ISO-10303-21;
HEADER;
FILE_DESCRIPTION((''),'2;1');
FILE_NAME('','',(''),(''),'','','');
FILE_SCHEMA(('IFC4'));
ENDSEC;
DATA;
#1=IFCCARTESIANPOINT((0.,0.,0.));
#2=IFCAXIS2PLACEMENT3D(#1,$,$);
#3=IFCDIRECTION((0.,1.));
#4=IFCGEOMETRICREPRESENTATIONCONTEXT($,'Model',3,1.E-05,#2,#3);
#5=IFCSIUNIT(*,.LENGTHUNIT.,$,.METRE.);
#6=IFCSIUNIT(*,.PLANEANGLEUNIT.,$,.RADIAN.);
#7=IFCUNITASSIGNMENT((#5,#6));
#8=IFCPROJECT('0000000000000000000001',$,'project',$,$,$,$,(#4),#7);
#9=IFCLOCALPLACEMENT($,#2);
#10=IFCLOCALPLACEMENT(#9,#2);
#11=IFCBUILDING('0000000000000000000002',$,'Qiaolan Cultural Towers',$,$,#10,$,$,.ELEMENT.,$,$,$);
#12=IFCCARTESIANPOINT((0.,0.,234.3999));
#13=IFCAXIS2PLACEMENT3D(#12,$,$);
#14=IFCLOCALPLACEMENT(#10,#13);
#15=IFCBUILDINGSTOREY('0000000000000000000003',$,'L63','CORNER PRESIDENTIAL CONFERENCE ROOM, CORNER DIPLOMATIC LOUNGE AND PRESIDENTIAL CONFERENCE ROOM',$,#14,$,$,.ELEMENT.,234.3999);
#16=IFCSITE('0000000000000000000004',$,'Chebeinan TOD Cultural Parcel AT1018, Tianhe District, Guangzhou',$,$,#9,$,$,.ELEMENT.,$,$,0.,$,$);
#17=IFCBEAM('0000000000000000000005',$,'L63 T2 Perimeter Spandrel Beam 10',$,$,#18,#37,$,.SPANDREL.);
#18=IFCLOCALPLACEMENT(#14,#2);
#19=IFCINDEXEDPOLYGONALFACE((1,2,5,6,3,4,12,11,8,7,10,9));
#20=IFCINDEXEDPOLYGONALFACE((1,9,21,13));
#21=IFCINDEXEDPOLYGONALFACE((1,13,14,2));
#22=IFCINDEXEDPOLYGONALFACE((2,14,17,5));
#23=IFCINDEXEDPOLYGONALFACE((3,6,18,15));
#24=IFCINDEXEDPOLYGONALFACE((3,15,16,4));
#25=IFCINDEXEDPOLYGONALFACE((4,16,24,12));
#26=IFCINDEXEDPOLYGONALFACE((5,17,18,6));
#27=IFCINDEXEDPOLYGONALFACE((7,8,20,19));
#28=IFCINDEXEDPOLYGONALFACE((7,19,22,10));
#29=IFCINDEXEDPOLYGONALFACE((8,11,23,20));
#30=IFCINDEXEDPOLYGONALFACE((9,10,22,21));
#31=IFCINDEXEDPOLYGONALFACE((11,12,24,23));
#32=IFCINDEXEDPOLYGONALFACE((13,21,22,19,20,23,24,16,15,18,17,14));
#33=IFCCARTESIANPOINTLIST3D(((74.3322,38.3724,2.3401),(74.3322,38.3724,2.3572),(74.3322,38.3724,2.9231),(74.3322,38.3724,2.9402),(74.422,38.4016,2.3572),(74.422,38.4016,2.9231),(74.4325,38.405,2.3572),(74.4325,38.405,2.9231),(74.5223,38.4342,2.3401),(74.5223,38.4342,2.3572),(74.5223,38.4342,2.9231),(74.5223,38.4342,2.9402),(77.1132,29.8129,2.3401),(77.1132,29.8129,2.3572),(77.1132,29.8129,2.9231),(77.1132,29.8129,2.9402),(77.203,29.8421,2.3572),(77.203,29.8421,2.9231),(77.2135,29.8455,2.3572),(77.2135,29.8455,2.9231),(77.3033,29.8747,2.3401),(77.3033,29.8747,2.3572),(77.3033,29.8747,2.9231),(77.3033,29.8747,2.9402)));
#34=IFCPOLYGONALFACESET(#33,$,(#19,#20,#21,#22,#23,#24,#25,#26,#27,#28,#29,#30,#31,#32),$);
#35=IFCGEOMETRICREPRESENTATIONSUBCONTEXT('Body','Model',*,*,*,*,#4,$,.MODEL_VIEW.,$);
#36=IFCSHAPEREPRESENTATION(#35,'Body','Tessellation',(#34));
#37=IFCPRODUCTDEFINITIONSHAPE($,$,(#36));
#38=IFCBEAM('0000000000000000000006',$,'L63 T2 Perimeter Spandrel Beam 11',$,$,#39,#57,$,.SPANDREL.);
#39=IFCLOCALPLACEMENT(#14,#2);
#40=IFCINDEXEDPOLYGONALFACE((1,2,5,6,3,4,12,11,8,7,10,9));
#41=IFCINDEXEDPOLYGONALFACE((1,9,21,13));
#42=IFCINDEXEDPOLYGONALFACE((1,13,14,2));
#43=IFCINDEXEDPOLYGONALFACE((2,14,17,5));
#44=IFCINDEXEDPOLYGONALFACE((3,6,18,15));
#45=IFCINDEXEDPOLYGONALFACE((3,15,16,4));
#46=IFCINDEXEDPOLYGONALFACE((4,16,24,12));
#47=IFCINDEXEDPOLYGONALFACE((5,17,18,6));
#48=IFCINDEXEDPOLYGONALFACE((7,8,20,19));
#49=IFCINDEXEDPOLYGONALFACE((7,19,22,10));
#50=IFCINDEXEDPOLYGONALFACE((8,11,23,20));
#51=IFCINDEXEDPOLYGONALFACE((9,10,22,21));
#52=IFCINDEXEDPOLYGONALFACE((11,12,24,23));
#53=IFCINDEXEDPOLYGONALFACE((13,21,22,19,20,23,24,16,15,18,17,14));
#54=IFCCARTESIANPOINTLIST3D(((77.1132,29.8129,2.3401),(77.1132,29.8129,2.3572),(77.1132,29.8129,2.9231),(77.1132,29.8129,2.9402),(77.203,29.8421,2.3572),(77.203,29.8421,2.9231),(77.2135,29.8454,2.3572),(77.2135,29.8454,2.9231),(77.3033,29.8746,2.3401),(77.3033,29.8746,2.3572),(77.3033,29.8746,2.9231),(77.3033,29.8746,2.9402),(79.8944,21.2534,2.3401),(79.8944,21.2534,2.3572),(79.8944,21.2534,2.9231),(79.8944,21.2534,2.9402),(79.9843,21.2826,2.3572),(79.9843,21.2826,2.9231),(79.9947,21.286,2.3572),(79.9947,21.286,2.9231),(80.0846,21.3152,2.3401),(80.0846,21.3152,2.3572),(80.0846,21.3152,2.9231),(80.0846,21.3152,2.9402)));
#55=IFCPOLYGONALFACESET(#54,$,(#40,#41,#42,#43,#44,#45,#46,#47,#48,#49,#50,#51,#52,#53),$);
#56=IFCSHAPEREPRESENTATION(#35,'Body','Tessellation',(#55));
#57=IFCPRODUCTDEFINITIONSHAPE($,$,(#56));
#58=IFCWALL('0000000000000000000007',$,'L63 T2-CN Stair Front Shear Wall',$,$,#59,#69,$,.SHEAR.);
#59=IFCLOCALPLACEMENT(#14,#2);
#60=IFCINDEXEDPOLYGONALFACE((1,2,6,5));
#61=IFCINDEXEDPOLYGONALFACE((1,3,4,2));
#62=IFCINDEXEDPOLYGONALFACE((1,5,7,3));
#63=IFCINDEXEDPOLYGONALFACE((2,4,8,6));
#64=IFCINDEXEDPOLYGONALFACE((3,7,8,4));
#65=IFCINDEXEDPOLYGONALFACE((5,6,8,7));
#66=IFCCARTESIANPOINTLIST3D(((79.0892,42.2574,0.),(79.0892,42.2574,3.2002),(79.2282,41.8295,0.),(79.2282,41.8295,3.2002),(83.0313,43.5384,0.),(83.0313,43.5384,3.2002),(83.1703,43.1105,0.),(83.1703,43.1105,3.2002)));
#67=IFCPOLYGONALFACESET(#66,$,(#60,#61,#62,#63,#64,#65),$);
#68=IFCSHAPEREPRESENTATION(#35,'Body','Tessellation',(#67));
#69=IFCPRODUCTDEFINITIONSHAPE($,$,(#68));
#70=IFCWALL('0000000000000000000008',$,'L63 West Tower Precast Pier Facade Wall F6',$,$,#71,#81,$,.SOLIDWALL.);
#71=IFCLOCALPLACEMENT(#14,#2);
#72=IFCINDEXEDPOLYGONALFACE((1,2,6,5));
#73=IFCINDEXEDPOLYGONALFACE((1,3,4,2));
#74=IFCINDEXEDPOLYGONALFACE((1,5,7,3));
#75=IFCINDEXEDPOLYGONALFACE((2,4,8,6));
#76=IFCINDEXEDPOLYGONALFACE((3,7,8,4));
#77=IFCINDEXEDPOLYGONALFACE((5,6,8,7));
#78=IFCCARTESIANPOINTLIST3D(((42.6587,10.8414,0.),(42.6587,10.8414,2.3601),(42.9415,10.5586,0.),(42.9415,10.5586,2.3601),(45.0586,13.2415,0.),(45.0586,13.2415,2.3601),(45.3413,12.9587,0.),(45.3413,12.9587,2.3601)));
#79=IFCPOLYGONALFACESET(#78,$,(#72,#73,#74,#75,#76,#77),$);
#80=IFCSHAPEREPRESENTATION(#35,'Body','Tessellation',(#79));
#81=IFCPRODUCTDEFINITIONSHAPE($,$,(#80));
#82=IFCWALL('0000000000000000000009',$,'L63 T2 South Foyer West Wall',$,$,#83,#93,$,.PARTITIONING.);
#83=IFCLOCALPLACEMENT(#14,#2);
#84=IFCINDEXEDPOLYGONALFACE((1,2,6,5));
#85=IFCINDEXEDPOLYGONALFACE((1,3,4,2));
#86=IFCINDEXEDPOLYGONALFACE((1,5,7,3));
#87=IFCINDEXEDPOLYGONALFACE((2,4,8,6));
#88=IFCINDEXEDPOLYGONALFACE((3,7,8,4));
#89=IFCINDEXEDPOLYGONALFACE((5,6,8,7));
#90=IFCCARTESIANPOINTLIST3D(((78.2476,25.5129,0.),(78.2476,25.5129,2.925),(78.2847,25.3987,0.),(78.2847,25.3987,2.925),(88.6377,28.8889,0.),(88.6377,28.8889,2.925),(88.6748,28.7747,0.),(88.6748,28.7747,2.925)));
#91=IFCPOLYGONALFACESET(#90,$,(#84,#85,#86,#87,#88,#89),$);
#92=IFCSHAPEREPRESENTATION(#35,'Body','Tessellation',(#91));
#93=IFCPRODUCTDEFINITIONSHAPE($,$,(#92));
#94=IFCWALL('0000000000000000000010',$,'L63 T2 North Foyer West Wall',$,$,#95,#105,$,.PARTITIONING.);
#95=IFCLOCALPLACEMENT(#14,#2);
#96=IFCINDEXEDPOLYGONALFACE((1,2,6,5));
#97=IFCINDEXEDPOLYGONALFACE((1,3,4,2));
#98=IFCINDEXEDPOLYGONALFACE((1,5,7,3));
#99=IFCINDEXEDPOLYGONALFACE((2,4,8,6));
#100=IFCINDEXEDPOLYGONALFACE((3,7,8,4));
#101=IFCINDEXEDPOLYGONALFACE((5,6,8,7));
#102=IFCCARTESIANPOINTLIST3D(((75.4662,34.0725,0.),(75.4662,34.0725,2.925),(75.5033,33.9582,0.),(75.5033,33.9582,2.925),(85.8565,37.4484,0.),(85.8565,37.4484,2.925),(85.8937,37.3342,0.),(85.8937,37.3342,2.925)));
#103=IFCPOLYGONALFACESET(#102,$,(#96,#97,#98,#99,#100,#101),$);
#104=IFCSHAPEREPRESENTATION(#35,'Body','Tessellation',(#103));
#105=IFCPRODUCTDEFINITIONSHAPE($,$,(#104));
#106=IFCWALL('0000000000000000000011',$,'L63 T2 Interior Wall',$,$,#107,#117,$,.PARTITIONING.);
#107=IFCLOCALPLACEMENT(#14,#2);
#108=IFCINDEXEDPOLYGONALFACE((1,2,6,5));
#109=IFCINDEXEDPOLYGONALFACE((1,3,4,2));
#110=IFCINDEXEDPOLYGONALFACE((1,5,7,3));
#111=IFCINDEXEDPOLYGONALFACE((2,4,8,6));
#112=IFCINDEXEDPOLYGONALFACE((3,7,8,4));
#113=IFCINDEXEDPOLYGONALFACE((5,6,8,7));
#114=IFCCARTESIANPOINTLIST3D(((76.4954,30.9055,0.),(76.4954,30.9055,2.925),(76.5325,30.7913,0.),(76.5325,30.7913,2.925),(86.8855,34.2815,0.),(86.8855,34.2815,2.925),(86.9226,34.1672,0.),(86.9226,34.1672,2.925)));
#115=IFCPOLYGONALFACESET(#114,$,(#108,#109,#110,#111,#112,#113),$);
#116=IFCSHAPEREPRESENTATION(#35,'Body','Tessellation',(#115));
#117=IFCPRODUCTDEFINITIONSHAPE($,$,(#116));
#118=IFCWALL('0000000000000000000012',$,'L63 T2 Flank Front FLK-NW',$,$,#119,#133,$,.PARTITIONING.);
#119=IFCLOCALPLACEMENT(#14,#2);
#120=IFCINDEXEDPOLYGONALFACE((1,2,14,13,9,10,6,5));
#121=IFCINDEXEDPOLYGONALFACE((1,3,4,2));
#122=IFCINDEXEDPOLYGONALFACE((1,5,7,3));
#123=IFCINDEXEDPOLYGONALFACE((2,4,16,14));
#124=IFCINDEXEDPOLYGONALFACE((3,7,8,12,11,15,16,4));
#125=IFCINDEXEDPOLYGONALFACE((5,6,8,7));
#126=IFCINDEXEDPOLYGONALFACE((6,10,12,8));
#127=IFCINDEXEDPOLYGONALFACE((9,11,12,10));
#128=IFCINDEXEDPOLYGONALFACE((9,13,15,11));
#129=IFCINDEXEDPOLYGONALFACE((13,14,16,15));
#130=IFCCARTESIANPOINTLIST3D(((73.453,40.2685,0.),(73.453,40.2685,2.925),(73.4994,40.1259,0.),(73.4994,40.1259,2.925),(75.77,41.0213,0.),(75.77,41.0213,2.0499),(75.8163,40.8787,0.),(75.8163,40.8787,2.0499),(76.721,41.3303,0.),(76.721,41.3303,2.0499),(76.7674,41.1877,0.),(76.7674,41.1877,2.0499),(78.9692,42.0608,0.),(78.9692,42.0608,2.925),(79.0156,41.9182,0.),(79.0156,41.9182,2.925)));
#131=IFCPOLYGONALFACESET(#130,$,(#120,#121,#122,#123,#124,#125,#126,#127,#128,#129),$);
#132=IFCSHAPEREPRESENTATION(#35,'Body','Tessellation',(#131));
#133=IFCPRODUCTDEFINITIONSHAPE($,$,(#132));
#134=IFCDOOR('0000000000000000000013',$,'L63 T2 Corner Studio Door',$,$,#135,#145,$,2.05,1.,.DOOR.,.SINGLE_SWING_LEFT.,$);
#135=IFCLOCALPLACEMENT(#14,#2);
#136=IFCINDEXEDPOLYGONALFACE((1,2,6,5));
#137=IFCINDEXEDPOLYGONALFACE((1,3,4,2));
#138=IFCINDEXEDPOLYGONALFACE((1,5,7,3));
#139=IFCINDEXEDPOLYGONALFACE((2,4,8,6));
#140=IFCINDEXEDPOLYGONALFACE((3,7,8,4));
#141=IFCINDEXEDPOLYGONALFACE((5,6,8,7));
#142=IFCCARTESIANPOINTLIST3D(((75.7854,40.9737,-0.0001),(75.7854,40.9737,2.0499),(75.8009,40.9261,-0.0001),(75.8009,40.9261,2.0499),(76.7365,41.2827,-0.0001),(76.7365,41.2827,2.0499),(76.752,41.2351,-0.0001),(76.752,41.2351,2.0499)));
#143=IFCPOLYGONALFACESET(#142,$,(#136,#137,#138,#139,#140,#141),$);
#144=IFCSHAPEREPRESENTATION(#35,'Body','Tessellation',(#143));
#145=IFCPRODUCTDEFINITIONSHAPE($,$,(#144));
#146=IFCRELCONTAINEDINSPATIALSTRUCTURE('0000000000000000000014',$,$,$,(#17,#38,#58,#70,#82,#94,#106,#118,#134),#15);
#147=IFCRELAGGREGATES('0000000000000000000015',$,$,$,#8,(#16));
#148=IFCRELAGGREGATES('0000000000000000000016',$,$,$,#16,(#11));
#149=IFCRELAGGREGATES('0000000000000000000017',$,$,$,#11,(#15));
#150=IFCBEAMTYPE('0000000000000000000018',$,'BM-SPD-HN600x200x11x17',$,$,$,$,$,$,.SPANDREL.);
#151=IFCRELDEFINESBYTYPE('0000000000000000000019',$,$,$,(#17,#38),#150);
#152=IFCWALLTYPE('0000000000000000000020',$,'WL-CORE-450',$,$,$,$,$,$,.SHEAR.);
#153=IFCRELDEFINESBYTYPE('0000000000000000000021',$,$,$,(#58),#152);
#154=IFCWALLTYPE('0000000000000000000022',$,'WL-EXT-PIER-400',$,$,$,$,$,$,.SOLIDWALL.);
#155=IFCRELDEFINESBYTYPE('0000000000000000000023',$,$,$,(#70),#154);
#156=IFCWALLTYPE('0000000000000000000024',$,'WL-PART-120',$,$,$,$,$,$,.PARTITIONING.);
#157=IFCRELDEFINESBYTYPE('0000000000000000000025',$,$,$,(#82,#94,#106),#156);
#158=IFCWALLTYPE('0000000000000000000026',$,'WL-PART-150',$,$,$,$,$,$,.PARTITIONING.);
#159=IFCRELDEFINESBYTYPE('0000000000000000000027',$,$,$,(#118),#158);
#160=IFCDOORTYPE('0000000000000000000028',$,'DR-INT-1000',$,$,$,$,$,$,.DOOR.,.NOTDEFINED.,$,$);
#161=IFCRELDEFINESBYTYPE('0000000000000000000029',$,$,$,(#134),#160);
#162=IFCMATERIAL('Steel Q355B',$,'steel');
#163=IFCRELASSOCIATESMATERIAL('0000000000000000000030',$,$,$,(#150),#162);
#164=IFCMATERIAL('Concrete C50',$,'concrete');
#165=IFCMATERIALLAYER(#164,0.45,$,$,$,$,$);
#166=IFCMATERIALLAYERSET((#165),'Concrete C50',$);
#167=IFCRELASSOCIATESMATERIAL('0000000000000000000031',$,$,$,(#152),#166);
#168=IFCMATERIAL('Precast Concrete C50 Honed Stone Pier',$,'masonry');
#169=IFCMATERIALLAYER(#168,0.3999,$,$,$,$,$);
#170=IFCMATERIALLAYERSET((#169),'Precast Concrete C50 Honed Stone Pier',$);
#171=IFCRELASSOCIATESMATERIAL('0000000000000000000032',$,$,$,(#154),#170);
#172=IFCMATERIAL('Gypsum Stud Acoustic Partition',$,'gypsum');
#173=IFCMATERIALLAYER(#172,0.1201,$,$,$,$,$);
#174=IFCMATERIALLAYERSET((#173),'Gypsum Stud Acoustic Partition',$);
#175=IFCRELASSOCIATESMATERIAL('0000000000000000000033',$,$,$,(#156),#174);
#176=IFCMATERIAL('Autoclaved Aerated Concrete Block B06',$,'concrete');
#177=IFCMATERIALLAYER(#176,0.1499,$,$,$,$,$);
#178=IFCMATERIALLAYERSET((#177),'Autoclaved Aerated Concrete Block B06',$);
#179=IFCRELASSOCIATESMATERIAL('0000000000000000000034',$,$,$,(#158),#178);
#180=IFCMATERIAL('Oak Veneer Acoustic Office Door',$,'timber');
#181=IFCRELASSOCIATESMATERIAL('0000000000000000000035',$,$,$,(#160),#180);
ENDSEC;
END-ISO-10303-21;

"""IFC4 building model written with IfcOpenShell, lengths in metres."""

from ifc_helpers import new_model, si_unit, direction, frame, frame_2d, origin, origin_2d, place, context, subcontext, project, spatial, rectangle, i_section, extrude, material, layer, layer_set, material_profile, profile_set, type_object, element, fill, save


model = new_model("IFC4")

# Units and contexts
model_context = context("Model", 3, precision=1e-05, world=origin(), true_north=direction((0.0, 1.0)))
body_context = subcontext(model_context, "Body", "Model", "MODEL_VIEW")
ifc_project = project(units=[si_unit("LENGTHUNIT", "METRE"), si_unit("PLANEANGLEUNIT", "RADIAN")], contexts=[model_context])

# Site, building, storey
site_placement = place(None, origin())
site = spatial("IfcSite", under=ifc_project, at=site_placement, Name="Chebeinan TOD Cultural Parcel AT1018, Tianhe District, Guangzhou", CompositionType="ELEMENT", RefElevation=0.0)
building_placement = place(site_placement, origin())
building = spatial("IfcBuilding", under=site, at=building_placement, Name="Qiaolan Cultural Towers", CompositionType="ELEMENT")
storey_placement = place(building_placement, frame((0.0, 0.0, 234.3999)))
storey = spatial("IfcBuildingStorey", under=building, at=storey_placement, Name="L63", Description="CORNER PRESIDENTIAL CONFERENCE ROOM, CORNER DIPLOMATIC LOUNGE AND PRESIDENTIAL CONFERENCE ROOM", CompositionType="ELEMENT", Elevation=234.3999)

# Beams
ifc_material_1 = material(Name="Steel Q355B", Category="steel")
ifc_material_profile_1 = material_profile(ifc_material_1, i_section(OverallWidth=0.2, OverallDepth=0.6001, WebThickness=0.011, FlangeThickness=0.0171, at=origin_2d()), Name="HN600x200x11x17")
ifc_profile_set_1 = profile_set([ifc_material_profile_1], Name="Steel Q355B")
beam_type_1 = type_object("IfcBeamType", Name="BM-SPD-HN600x200x11x17", PredefinedType="SPANDREL", material=ifc_profile_set_1)
for number, where, z_axis, x_axis, name in (
    (1, (74.4272, 38.4033, 2.6401), (0.309, -0.951062, 0.0), (0.951062, 0.309, 0.0), "L63 T2 Perimeter Spandrel Beam 10"),
    (2, (77.2083, 29.8438, 2.6401), (0.309025, -0.951054, 0.0), (0.951054, 0.309025, 0.0), "L63 T2 Perimeter Spandrel Beam 11"),
):
    element("IfcBeam", number, at=place(storey_placement, frame(where, z_axis=z_axis, x_axis=x_axis)), inside=storey, type_object=beam_type_1, Name=name, PredefinedType="SPANDREL", context=body_context, shape_type="SweptSolid", body=[
        extrude(i_section(OverallWidth=0.2, OverallDepth=0.6001, WebThickness=0.011, FlangeThickness=0.0171, at=origin_2d()), origin(), (0.0, 0.0, 1.0), 9.0),
    ])

# Walls
ifc_material_2 = material(Name="Concrete C50", Category="concrete")
ifc_layer_1 = layer(ifc_material_2, 0.45)
ifc_layer_set_1 = layer_set([ifc_layer_1], Name="Concrete C50")
wall_type_1 = type_object("IfcWallType", Name="WL-CORE-450", PredefinedType="SHEAR", material=ifc_layer_set_1)
wall_1_placement = place(storey_placement, frame((79.1587, 42.0435, 0.0), z_axis=(0.0, 0.0, 1.0), x_axis=(0.951047, 0.309045, 0.0)))
element("IfcWall", 3, at=wall_1_placement, inside=storey, type_object=wall_type_1, Name="L63 T2-CN Stair Front Shear Wall", PredefinedType="SHEAR", context=body_context, shape_type="SweptSolid", body=[
    extrude(rectangle(XDim=4.145, YDim=0.45, at=frame_2d((2.0725, 0.0))), origin(), (0.0, 0.0, 1.0), 3.2002),
])
ifc_material_3 = material(Name="Precast Concrete C50 Honed Stone Pier", Category="masonry")
ifc_layer_2 = layer(ifc_material_3, 0.3999)
ifc_layer_set_2 = layer_set([ifc_layer_2], Name="Precast Concrete C50 Honed Stone Pier")
wall_type_2 = type_object("IfcWallType", Name="WL-EXT-PIER-400", PredefinedType="SOLIDWALL", material=ifc_layer_set_2)
wall_2_placement = place(storey_placement, frame((45.2, 13.1001, 0.0), z_axis=(0.0, 0.0, 1.0), x_axis=(-0.707071, -0.707143, 0.0)))
element("IfcWall", 4, at=wall_2_placement, inside=storey, type_object=wall_type_2, Name="L63 West Tower Precast Pier Facade Wall F6", PredefinedType="SOLIDWALL", context=body_context, shape_type="SweptSolid", body=[
    extrude(rectangle(XDim=3.394, YDim=0.3999, at=frame_2d((1.697, 0.0))), origin(), (0.0, 0.0, 1.0), 2.3601),
])
ifc_material_4 = material(Name="Gypsum Stud Acoustic Partition", Category="gypsum")
ifc_layer_3 = layer(ifc_material_4, 0.1201)
ifc_layer_set_3 = layer_set([ifc_layer_3], Name="Gypsum Stud Acoustic Partition")
wall_type_3 = type_object("IfcWallType", Name="WL-PART-120", PredefinedType="PARTITIONING", material=ifc_layer_set_3)
wall_3_placement = place(storey_placement, frame((78.2661, 25.4558, 0.0), z_axis=(0.0, 0.0, 1.0), x_axis=(0.951056, 0.309018, 0.0)))
element("IfcWall", 5, at=wall_3_placement, inside=storey, type_object=wall_type_3, Name="L63 T2 South Foyer West Wall", PredefinedType="PARTITIONING", context=body_context, shape_type="SweptSolid", body=[
    extrude(rectangle(XDim=10.9248, YDim=0.1201, at=frame_2d((5.4624, 0.0))), origin(), (0.0, 0.0, 1.0), 2.925),
])
wall_4_placement = place(storey_placement, frame((75.4849, 34.0154, 0.0), z_axis=(0.0, 0.0, 1.0), x_axis=(0.951058, 0.309012, 0.0)))
element("IfcWall", 6, at=wall_4_placement, inside=storey, type_object=wall_type_3, Name="L63 T2 North Foyer West Wall", PredefinedType="PARTITIONING", context=body_context, shape_type="SweptSolid", body=[
    extrude(rectangle(XDim=10.925, YDim=0.1201, at=frame_2d((5.4624, 0.0))), origin(), (0.0, 0.0, 1.0), 2.925),
])
wall_5_placement = place(storey_placement, frame((76.5139, 30.8484, 0.0), z_axis=(0.0, 0.0, 1.0), x_axis=(0.951056, 0.309018, 0.0)))
element("IfcWall", 7, at=wall_5_placement, inside=storey, type_object=wall_type_3, Name="L63 T2 Interior Wall", PredefinedType="PARTITIONING", context=body_context, shape_type="SweptSolid", body=[
    extrude(rectangle(XDim=10.9248, YDim=0.1201, at=frame_2d((5.4624, 0.0))), origin(), (0.0, 0.0, 1.0), 2.925),
])

# Wall, opening, door
ifc_material_5 = material(Name="Autoclaved Aerated Concrete Block B06", Category="concrete")
ifc_layer_4 = layer(ifc_material_5, 0.1499)
ifc_layer_set_4 = layer_set([ifc_layer_4], Name="Autoclaved Aerated Concrete Block B06")
wall_type_4 = type_object("IfcWallType", Name="WL-PART-150", PredefinedType="PARTITIONING", material=ifc_layer_set_4)
wall_6_placement = place(storey_placement, frame((73.4763, 40.1973, 0.0), z_axis=(0.0, 0.0, 1.0), x_axis=(0.951059, 0.309008, 0.0)))
wall_6 = element("IfcWall", 8, at=wall_6_placement, inside=storey, type_object=wall_type_4, Name="L63 T2 Flank Front FLK-NW", PredefinedType="PARTITIONING", context=body_context, shape_type="SweptSolid", body=[
    extrude(rectangle(XDim=5.8, YDim=0.1499, at=frame_2d((2.8999, 0.0))), origin(), (0.0, 0.0, 1.0), 2.925),
])
opening_placement = place(wall_6_placement, frame((2.436, 0.0, 0.0)))
opening = element("IfcOpeningElement", 9, at=opening_placement, cuts=wall_6, PredefinedType="OPENING", context=body_context, shape_type="SweptSolid", body=[
    extrude(rectangle(XDim=1.0, YDim=2.05, at=frame_2d((0.5, 1.0249))), frame((0.0, 0.085, 0.0), z_axis=(0.0, -1.0, 0.0), x_axis=(1.0, 0.0, 0.0)), (0.0, 0.0, 1.0), 0.1699),
])
ifc_material_6 = material(Name="Oak Veneer Acoustic Office Door", Category="timber")
door_type = type_object("IfcDoorType", Name="DR-INT-1000", OperationType="NOTDEFINED", PredefinedType="DOOR", material=ifc_material_6)
door_placement = place(opening_placement, origin())
door = element("IfcDoor", 10, at=door_placement, inside=storey, type_object=door_type, Name="L63 T2 Corner Studio Door", OperationType="SINGLE_SWING_LEFT", OverallHeight=2.05, OverallWidth=1.0, PredefinedType="DOOR", context=body_context, shape_type="SweptSolid", body=[
    extrude(rectangle(XDim=1.0, YDim=2.05, at=frame_2d((0.5, 1.0249))), frame((0.0, 0.0249, 0.0), z_axis=(0.0, -1.0, 0.0), x_axis=(1.0, 0.0, 0.0)), (0.0, 0.0, 1.0), 0.05),
])
fill(opening, door)

save(model, "model.ifc")
